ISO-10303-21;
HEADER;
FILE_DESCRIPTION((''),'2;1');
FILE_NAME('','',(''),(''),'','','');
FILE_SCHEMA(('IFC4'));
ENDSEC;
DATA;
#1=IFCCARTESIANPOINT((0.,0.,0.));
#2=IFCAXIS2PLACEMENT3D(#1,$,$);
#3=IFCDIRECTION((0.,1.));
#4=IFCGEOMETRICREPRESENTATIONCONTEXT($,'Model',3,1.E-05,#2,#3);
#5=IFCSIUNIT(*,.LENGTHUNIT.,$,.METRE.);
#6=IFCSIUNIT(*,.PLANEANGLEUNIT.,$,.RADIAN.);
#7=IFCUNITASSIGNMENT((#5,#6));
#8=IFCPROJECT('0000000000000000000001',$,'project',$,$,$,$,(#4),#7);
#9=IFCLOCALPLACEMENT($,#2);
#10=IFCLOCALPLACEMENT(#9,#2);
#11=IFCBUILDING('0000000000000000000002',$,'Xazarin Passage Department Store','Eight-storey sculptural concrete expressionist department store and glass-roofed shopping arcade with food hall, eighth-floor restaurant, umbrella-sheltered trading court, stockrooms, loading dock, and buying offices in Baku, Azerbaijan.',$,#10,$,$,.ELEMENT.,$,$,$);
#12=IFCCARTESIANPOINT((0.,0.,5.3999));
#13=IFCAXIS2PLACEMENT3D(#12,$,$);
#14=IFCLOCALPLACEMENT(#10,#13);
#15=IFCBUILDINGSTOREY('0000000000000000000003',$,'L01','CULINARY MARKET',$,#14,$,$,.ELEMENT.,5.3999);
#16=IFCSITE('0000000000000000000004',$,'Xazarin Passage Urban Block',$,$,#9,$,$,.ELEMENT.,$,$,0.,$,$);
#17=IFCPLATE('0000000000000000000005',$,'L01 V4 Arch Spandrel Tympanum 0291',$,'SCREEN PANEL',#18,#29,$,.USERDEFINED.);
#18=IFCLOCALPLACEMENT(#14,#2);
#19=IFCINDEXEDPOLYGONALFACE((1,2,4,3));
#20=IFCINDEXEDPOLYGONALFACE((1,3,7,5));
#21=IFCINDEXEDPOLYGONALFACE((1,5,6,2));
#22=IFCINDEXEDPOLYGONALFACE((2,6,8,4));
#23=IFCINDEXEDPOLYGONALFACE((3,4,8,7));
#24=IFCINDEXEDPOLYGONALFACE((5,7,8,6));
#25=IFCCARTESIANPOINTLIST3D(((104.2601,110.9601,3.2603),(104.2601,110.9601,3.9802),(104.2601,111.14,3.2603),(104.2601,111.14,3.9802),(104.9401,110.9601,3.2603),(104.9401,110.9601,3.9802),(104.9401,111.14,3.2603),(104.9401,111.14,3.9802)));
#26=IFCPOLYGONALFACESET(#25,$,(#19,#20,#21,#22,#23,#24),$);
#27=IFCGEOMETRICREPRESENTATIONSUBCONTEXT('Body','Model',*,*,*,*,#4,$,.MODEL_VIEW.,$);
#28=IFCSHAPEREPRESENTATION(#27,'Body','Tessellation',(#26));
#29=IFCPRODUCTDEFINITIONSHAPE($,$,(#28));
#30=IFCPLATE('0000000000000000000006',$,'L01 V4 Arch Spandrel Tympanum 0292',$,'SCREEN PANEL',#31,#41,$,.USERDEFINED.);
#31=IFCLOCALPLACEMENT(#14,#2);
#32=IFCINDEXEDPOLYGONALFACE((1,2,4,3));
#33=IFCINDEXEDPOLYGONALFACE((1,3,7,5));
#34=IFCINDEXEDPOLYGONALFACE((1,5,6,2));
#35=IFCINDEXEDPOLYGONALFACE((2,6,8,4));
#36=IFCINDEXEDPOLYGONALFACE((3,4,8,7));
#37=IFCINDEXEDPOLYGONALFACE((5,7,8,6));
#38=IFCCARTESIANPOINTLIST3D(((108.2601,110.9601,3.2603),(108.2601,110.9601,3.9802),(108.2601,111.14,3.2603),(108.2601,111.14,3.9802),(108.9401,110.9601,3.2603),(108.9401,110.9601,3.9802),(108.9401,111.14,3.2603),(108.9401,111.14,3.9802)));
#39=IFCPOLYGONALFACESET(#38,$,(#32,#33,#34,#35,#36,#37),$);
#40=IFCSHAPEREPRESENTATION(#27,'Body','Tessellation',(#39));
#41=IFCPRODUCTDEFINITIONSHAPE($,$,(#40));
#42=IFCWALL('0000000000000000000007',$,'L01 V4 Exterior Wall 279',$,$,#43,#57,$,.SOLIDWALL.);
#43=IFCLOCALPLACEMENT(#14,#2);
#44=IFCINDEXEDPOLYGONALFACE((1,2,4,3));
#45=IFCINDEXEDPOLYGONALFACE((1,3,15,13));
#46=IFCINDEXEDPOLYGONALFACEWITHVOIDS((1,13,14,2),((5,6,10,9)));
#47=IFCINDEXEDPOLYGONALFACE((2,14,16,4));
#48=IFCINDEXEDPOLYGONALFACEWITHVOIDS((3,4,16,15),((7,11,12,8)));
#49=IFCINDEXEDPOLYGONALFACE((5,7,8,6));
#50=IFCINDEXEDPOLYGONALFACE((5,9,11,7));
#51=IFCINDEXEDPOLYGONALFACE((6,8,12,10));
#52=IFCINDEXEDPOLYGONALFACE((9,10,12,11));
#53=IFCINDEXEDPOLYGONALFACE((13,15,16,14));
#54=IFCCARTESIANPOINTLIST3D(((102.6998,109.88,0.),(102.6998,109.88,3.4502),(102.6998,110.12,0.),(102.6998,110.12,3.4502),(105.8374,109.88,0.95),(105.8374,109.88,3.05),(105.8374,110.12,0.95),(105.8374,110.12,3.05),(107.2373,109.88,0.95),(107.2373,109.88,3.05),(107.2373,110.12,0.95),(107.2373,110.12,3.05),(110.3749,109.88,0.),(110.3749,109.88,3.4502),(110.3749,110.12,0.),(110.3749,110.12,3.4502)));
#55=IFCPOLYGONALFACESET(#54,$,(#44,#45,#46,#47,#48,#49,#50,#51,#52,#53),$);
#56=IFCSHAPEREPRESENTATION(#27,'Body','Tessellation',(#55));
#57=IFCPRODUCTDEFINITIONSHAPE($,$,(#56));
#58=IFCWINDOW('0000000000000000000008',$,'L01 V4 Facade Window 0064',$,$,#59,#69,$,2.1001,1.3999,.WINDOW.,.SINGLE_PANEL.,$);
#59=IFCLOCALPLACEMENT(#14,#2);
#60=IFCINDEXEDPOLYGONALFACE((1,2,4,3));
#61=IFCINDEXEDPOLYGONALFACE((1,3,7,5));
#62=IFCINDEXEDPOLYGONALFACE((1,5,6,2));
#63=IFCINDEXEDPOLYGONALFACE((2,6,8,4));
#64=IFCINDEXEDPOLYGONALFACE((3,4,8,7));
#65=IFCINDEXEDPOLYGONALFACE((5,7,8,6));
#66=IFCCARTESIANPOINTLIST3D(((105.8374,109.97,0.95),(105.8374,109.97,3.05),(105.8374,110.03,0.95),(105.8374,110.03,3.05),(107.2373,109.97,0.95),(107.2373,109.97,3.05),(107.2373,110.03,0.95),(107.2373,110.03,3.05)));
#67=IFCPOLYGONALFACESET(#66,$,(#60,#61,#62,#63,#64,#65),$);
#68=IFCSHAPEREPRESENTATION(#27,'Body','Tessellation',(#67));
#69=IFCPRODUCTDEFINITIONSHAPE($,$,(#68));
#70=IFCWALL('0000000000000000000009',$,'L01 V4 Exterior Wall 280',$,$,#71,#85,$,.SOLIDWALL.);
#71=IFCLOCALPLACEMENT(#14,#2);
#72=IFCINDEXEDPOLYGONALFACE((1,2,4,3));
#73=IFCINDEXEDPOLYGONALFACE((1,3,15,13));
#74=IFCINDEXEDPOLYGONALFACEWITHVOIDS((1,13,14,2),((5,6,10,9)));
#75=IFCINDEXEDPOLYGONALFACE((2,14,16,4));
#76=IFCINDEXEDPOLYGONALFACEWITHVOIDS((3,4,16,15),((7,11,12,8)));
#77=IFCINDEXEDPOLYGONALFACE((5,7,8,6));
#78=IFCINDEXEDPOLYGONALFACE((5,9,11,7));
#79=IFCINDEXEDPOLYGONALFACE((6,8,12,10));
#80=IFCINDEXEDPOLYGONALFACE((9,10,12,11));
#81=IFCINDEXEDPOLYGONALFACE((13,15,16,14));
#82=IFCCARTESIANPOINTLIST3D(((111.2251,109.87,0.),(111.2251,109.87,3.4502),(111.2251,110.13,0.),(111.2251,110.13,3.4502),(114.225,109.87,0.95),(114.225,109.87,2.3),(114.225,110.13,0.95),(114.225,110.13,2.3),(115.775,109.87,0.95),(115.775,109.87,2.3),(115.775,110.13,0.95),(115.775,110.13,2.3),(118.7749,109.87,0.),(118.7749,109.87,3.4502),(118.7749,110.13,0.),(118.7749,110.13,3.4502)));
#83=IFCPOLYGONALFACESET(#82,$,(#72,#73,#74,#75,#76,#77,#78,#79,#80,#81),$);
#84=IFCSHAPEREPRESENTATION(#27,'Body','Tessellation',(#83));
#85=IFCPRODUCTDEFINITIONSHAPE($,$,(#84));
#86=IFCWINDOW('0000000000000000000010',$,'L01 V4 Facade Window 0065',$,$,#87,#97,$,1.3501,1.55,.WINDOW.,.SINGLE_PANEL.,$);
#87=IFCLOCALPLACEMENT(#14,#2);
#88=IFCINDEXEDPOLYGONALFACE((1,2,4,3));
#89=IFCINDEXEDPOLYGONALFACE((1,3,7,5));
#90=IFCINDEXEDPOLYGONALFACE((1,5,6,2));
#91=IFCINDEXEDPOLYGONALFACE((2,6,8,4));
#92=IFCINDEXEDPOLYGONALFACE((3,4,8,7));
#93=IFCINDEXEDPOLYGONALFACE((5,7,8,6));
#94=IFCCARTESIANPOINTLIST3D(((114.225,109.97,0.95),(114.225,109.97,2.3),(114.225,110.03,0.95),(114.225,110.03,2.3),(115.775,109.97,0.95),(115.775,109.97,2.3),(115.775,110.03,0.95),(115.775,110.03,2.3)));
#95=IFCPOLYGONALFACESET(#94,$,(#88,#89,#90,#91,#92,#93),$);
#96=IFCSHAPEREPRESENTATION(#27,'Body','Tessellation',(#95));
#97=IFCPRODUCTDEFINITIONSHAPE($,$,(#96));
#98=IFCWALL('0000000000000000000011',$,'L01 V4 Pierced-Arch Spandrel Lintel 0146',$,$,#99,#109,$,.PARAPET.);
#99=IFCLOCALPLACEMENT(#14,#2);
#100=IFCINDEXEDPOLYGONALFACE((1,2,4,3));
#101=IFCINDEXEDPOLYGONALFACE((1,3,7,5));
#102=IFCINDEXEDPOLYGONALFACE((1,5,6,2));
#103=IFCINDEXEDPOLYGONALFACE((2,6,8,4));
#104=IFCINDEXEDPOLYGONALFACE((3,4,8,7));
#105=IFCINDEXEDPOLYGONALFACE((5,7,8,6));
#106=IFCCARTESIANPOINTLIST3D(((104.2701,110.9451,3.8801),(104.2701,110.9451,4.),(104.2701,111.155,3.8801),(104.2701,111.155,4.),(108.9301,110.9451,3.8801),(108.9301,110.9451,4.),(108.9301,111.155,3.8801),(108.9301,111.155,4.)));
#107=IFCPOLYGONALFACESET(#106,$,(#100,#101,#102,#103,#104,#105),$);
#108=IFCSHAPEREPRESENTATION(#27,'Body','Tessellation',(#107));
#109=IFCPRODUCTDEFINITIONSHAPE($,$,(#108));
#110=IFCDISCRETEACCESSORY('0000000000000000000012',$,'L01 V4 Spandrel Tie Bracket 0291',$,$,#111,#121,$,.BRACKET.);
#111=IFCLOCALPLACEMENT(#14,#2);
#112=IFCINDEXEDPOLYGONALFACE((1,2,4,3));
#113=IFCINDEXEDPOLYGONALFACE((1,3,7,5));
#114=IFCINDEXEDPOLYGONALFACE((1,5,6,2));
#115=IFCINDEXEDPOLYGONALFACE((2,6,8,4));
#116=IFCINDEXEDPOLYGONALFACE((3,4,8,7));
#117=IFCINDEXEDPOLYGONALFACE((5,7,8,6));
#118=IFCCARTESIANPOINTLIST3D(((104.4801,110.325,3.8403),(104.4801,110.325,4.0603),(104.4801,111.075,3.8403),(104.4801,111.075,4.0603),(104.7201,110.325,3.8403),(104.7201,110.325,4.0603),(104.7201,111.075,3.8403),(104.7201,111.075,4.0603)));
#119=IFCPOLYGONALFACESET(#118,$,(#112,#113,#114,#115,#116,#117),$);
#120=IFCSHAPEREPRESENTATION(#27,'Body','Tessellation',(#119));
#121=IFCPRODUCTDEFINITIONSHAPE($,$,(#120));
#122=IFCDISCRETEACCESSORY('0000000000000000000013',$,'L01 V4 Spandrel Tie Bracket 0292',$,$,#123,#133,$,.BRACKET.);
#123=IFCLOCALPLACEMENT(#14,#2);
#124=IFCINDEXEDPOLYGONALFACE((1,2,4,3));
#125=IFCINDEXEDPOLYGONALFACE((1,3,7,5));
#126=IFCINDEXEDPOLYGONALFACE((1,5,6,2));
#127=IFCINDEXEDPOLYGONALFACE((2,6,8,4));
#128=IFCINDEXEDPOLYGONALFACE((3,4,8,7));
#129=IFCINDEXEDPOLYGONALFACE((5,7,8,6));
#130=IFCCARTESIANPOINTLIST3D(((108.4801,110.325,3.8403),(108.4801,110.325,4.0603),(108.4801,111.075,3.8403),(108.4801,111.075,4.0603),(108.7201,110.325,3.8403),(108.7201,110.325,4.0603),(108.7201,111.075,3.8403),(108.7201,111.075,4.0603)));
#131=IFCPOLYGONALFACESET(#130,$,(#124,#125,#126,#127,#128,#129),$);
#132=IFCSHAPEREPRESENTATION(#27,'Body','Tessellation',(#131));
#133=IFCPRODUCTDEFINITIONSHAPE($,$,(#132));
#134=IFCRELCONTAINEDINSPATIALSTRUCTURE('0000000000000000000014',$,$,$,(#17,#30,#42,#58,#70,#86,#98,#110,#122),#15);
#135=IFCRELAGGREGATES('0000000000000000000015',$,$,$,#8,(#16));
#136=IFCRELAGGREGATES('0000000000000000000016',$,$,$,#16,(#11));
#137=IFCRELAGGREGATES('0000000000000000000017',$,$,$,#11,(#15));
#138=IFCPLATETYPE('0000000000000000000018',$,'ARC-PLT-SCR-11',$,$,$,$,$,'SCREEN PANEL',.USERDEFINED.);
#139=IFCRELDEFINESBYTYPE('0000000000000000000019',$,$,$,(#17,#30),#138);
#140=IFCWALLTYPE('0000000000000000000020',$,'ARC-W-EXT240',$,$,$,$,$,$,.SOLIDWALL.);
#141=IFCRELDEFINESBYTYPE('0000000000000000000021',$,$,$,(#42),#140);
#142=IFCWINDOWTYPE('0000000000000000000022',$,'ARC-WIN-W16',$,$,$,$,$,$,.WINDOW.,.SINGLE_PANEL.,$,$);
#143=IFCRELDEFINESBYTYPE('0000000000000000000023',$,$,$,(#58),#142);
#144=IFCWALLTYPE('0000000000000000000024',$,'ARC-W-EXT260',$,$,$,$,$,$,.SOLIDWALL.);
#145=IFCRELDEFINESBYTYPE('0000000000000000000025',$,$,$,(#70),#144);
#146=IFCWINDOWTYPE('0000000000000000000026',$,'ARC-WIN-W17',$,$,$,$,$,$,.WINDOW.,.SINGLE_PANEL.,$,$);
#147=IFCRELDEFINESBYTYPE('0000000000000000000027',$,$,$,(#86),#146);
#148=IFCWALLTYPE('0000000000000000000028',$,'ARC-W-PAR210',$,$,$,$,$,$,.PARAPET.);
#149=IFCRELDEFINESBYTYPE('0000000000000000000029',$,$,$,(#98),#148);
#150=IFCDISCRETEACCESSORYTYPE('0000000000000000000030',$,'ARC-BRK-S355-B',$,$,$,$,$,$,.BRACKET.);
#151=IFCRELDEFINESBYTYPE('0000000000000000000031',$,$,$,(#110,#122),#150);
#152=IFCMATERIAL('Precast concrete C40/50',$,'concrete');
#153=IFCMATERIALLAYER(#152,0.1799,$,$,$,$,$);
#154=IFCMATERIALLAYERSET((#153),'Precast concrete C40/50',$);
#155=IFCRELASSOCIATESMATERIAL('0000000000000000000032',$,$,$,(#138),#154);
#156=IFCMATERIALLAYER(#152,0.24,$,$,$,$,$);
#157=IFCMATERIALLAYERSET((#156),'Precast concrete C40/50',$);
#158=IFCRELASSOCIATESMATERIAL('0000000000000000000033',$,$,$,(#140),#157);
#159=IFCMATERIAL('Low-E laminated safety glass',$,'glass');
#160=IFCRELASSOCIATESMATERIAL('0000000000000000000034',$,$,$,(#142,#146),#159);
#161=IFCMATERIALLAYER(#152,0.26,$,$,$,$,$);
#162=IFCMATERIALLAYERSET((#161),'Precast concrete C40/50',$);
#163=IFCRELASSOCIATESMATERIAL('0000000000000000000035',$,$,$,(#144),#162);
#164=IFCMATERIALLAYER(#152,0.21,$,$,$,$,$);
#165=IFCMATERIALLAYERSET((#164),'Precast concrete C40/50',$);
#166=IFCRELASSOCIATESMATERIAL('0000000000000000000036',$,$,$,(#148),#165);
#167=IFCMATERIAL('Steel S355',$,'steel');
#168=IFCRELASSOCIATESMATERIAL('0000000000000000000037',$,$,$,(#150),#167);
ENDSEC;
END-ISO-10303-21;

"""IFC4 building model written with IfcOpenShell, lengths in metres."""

from ifc_helpers import new_model, si_unit, direction, frame, frame_2d, origin, origin_2d, place, context, subcontext, project, spatial, rectangle, extrude, material, layer, layer_set, type_object, element, fill, save


model = new_model("IFC4")

# Units and contexts
model_context = context("Model", 3, precision=1e-05, world=origin(), true_north=direction((0.0, 1.0)))
body_context = subcontext(model_context, "Body", "Model", "MODEL_VIEW")
ifc_project = project(units=[si_unit("LENGTHUNIT", "METRE"), si_unit("PLANEANGLEUNIT", "RADIAN")], contexts=[model_context])

# Site, building, storey
site_placement = place(None, origin())
site = spatial("IfcSite", under=ifc_project, at=site_placement, Name="Xazarin Passage Urban Block", CompositionType="ELEMENT", RefElevation=0.0)
building_placement = place(site_placement, origin())
building = spatial("IfcBuilding", under=site, at=building_placement, Name="Xazarin Passage Department Store", Description="Eight-storey sculptural concrete expressionist department store and glass-roofed shopping arcade with food hall, eighth-floor restaurant, umbrella-sheltered trading court, stockrooms, loading dock, and buying offices in Baku, Azerbaijan.", CompositionType="ELEMENT")
storey_placement = place(building_placement, frame((0.0, 0.0, 5.3999)))
storey = spatial("IfcBuildingStorey", under=building, at=storey_placement, Name="L01", Description="CULINARY MARKET", CompositionType="ELEMENT", Elevation=5.3999)

# Plates
ifc_material_1 = material(Name="Precast concrete C40/50", Category="concrete")
ifc_layer_1 = layer(ifc_material_1, 0.1799)
ifc_layer_set_1 = layer_set([ifc_layer_1], Name="Precast concrete C40/50")
plate_type = type_object("IfcPlateType", Name="ARC-PLT-SCR-11", ElementType="SCREEN PANEL", PredefinedType="USERDEFINED", material=ifc_layer_set_1)
for number, where, z_axis, x_axis, name in (
    (1, (104.6001, 111.05, 3.2603), (0.0, 0.0, 1.0), (1.0, 0.0, 0.0), "L01 V4 Arch Spandrel Tympanum 0291"),
    (2, (108.6001, 111.05, 3.2603), (0.0, 0.0, 1.0), (1.0, 0.0, 0.0), "L01 V4 Arch Spandrel Tympanum 0292"),
):
    element("IfcPlate", number, at=place(storey_placement, frame(where, z_axis=z_axis, x_axis=x_axis)), inside=storey, type_object=plate_type, Name=name, ObjectType="SCREEN PANEL", PredefinedType="USERDEFINED", context=body_context, shape_type="SweptSolid", body=[
        extrude(rectangle(XDim=0.6799, YDim=0.1799, at=origin_2d()), origin(), (0.0, 0.0, 1.0), 0.72),
    ])

# Walls, openings, windows
ifc_layer_2 = layer(ifc_material_1, 0.24)
ifc_layer_set_2 = layer_set([ifc_layer_2], Name="Precast concrete C40/50")
wall_type_1 = type_object("IfcWallType", Name="ARC-W-EXT240", PredefinedType="SOLIDWALL", material=ifc_layer_set_2)
wall_1_placement = place(storey_placement, frame((102.7, 110.0, 0.0), z_axis=(0.0, 0.0, 1.0), x_axis=(1.0, 0.0, 0.0)))
wall_1 = element("IfcWall", 3, at=wall_1_placement, inside=storey, type_object=wall_type_1, Name="L01 V4 Exterior Wall 279", PredefinedType="SOLIDWALL", context=body_context, shape_type="SweptSolid", body=[
    extrude(rectangle(XDim=7.675, YDim=0.24, at=frame_2d((3.8374, 0.0))), origin(), (0.0, 0.0, 1.0), 3.4502),
])
opening_1_placement = place(wall_1_placement, frame((3.1375, 0.0, 0.95)))
opening_1 = element("IfcOpeningElement", 4, at=opening_1_placement, cuts=wall_1, PredefinedType="OPENING", context=body_context, shape_type="SweptSolid", body=[
    extrude(rectangle(XDim=1.3999, YDim=2.1001, at=frame_2d((0.7, 1.05))), frame((0.0, 0.1299, 0.0), z_axis=(0.0, -1.0, 0.0), x_axis=(1.0, 0.0, 0.0)), (0.0, 0.0, 1.0), 0.26),
])
ifc_material_2 = material(Name="Low-E laminated safety glass", Category="glass")
window_type_1 = type_object("IfcWindowType", Name="ARC-WIN-W16", PartitioningType="SINGLE_PANEL", PredefinedType="WINDOW", material=ifc_material_2)
window_1_placement = place(opening_1_placement, origin())
window_1 = element("IfcWindow", 5, at=window_1_placement, inside=storey, type_object=window_type_1, Name="L01 V4 Facade Window 0064", OverallHeight=2.1001, OverallWidth=1.3999, PartitioningType="SINGLE_PANEL", PredefinedType="WINDOW", context=body_context, shape_type="SweptSolid", body=[
    extrude(rectangle(XDim=1.3999, YDim=2.1001, at=frame_2d((0.7, 1.05))), frame((0.0, 0.03, 0.0), z_axis=(0.0, -1.0, 0.0), x_axis=(1.0, 0.0, 0.0)), (0.0, 0.0, 1.0), 0.0601),
])
fill(opening_1, window_1)
ifc_layer_3 = layer(ifc_material_1, 0.26)
ifc_layer_set_3 = layer_set([ifc_layer_3], Name="Precast concrete C40/50")
wall_type_2 = type_object("IfcWallType", Name="ARC-W-EXT260", PredefinedType="SOLIDWALL", material=ifc_layer_set_3)
wall_2_placement = place(storey_placement, frame((111.2251, 110.0, 0.0), z_axis=(0.0, 0.0, 1.0), x_axis=(1.0, 0.0, 0.0)))
wall_2 = element("IfcWall", 6, at=wall_2_placement, inside=storey, type_object=wall_type_2, Name="L01 V4 Exterior Wall 280", PredefinedType="SOLIDWALL", context=body_context, shape_type="SweptSolid", body=[
    extrude(rectangle(XDim=7.5498, YDim=0.26, at=frame_2d((3.7749, 0.0))), origin(), (0.0, 0.0, 1.0), 3.4502),
])
opening_2_placement = place(wall_2_placement, frame((3.0, 0.0, 0.95)))
opening_2 = element("IfcOpeningElement", 7, at=opening_2_placement, cuts=wall_2, PredefinedType="OPENING", context=body_context, shape_type="SweptSolid", body=[
    extrude(rectangle(XDim=1.55, YDim=1.3501, at=frame_2d((0.7749, 0.675))), frame((0.0, 0.1399, 0.0), z_axis=(0.0, -1.0, 0.0), x_axis=(1.0, 0.0, 0.0)), (0.0, 0.0, 1.0), 0.28),
])
window_type_2 = type_object("IfcWindowType", Name="ARC-WIN-W17", PartitioningType="SINGLE_PANEL", PredefinedType="WINDOW", material=ifc_material_2)
window_2_placement = place(opening_2_placement, origin())
window_2 = element("IfcWindow", 8, at=window_2_placement, inside=storey, type_object=window_type_2, Name="L01 V4 Facade Window 0065", OverallHeight=1.3501, OverallWidth=1.55, PartitioningType="SINGLE_PANEL", PredefinedType="WINDOW", context=body_context, shape_type="SweptSolid", body=[
    extrude(rectangle(XDim=1.55, YDim=1.3501, at=frame_2d((0.7749, 0.675))), frame((0.0, 0.03, 0.0), z_axis=(0.0, -1.0, 0.0), x_axis=(1.0, 0.0, 0.0)), (0.0, 0.0, 1.0), 0.0601),
])
fill(opening_2, window_2)

# Wall
ifc_layer_4 = layer(ifc_material_1, 0.21)
ifc_layer_set_4 = layer_set([ifc_layer_4], Name="Precast concrete C40/50")
wall_type_3 = type_object("IfcWallType", Name="ARC-W-PAR210", PredefinedType="PARAPET", material=ifc_layer_set_4)
wall_3_placement = place(storey_placement, frame((104.27, 111.05, 3.8801), z_axis=(0.0, 0.0, 1.0), x_axis=(1.0, 0.0, 0.0)))
element("IfcWall", 9, at=wall_3_placement, inside=storey, type_object=wall_type_3, Name="L01 V4 Pierced-Arch Spandrel Lintel 0146", PredefinedType="PARAPET", context=body_context, shape_type="SweptSolid", body=[
    extrude(rectangle(XDim=4.6599, YDim=0.21, at=frame_2d((2.3301, 0.0))), origin(), (0.0, 0.0, 1.0), 0.1199),
])

# Shared definitions
ifc_material_3 = material(Name="Steel S355", Category="steel")

# Discrete accessories
discrete_accessory_type = type_object("IfcDiscreteAccessoryType", Name="ARC-BRK-S355-B", PredefinedType="BRACKET", material=ifc_material_3)
for number, where, z_axis, x_axis, name in (
    (10, (104.6001, 110.7, 3.8403), (0.0, 0.0, 1.0), (1.0, 0.0, 0.0), "L01 V4 Spandrel Tie Bracket 0291"),
    (11, (108.6001, 110.7, 3.8403), (0.0, 0.0, 1.0), (1.0, 0.0, 0.0), "L01 V4 Spandrel Tie Bracket 0292"),
):
    element("IfcDiscreteAccessory", number, at=place(storey_placement, frame(where, z_axis=z_axis, x_axis=x_axis)), inside=storey, type_object=discrete_accessory_type, Name=name, PredefinedType="BRACKET", context=body_context, shape_type="SweptSolid", body=[
        extrude(rectangle(XDim=0.24, YDim=0.75, at=origin_2d()), origin(), (0.0, 0.0, 1.0), 0.22),
    ])

save(model, "model.ifc")
